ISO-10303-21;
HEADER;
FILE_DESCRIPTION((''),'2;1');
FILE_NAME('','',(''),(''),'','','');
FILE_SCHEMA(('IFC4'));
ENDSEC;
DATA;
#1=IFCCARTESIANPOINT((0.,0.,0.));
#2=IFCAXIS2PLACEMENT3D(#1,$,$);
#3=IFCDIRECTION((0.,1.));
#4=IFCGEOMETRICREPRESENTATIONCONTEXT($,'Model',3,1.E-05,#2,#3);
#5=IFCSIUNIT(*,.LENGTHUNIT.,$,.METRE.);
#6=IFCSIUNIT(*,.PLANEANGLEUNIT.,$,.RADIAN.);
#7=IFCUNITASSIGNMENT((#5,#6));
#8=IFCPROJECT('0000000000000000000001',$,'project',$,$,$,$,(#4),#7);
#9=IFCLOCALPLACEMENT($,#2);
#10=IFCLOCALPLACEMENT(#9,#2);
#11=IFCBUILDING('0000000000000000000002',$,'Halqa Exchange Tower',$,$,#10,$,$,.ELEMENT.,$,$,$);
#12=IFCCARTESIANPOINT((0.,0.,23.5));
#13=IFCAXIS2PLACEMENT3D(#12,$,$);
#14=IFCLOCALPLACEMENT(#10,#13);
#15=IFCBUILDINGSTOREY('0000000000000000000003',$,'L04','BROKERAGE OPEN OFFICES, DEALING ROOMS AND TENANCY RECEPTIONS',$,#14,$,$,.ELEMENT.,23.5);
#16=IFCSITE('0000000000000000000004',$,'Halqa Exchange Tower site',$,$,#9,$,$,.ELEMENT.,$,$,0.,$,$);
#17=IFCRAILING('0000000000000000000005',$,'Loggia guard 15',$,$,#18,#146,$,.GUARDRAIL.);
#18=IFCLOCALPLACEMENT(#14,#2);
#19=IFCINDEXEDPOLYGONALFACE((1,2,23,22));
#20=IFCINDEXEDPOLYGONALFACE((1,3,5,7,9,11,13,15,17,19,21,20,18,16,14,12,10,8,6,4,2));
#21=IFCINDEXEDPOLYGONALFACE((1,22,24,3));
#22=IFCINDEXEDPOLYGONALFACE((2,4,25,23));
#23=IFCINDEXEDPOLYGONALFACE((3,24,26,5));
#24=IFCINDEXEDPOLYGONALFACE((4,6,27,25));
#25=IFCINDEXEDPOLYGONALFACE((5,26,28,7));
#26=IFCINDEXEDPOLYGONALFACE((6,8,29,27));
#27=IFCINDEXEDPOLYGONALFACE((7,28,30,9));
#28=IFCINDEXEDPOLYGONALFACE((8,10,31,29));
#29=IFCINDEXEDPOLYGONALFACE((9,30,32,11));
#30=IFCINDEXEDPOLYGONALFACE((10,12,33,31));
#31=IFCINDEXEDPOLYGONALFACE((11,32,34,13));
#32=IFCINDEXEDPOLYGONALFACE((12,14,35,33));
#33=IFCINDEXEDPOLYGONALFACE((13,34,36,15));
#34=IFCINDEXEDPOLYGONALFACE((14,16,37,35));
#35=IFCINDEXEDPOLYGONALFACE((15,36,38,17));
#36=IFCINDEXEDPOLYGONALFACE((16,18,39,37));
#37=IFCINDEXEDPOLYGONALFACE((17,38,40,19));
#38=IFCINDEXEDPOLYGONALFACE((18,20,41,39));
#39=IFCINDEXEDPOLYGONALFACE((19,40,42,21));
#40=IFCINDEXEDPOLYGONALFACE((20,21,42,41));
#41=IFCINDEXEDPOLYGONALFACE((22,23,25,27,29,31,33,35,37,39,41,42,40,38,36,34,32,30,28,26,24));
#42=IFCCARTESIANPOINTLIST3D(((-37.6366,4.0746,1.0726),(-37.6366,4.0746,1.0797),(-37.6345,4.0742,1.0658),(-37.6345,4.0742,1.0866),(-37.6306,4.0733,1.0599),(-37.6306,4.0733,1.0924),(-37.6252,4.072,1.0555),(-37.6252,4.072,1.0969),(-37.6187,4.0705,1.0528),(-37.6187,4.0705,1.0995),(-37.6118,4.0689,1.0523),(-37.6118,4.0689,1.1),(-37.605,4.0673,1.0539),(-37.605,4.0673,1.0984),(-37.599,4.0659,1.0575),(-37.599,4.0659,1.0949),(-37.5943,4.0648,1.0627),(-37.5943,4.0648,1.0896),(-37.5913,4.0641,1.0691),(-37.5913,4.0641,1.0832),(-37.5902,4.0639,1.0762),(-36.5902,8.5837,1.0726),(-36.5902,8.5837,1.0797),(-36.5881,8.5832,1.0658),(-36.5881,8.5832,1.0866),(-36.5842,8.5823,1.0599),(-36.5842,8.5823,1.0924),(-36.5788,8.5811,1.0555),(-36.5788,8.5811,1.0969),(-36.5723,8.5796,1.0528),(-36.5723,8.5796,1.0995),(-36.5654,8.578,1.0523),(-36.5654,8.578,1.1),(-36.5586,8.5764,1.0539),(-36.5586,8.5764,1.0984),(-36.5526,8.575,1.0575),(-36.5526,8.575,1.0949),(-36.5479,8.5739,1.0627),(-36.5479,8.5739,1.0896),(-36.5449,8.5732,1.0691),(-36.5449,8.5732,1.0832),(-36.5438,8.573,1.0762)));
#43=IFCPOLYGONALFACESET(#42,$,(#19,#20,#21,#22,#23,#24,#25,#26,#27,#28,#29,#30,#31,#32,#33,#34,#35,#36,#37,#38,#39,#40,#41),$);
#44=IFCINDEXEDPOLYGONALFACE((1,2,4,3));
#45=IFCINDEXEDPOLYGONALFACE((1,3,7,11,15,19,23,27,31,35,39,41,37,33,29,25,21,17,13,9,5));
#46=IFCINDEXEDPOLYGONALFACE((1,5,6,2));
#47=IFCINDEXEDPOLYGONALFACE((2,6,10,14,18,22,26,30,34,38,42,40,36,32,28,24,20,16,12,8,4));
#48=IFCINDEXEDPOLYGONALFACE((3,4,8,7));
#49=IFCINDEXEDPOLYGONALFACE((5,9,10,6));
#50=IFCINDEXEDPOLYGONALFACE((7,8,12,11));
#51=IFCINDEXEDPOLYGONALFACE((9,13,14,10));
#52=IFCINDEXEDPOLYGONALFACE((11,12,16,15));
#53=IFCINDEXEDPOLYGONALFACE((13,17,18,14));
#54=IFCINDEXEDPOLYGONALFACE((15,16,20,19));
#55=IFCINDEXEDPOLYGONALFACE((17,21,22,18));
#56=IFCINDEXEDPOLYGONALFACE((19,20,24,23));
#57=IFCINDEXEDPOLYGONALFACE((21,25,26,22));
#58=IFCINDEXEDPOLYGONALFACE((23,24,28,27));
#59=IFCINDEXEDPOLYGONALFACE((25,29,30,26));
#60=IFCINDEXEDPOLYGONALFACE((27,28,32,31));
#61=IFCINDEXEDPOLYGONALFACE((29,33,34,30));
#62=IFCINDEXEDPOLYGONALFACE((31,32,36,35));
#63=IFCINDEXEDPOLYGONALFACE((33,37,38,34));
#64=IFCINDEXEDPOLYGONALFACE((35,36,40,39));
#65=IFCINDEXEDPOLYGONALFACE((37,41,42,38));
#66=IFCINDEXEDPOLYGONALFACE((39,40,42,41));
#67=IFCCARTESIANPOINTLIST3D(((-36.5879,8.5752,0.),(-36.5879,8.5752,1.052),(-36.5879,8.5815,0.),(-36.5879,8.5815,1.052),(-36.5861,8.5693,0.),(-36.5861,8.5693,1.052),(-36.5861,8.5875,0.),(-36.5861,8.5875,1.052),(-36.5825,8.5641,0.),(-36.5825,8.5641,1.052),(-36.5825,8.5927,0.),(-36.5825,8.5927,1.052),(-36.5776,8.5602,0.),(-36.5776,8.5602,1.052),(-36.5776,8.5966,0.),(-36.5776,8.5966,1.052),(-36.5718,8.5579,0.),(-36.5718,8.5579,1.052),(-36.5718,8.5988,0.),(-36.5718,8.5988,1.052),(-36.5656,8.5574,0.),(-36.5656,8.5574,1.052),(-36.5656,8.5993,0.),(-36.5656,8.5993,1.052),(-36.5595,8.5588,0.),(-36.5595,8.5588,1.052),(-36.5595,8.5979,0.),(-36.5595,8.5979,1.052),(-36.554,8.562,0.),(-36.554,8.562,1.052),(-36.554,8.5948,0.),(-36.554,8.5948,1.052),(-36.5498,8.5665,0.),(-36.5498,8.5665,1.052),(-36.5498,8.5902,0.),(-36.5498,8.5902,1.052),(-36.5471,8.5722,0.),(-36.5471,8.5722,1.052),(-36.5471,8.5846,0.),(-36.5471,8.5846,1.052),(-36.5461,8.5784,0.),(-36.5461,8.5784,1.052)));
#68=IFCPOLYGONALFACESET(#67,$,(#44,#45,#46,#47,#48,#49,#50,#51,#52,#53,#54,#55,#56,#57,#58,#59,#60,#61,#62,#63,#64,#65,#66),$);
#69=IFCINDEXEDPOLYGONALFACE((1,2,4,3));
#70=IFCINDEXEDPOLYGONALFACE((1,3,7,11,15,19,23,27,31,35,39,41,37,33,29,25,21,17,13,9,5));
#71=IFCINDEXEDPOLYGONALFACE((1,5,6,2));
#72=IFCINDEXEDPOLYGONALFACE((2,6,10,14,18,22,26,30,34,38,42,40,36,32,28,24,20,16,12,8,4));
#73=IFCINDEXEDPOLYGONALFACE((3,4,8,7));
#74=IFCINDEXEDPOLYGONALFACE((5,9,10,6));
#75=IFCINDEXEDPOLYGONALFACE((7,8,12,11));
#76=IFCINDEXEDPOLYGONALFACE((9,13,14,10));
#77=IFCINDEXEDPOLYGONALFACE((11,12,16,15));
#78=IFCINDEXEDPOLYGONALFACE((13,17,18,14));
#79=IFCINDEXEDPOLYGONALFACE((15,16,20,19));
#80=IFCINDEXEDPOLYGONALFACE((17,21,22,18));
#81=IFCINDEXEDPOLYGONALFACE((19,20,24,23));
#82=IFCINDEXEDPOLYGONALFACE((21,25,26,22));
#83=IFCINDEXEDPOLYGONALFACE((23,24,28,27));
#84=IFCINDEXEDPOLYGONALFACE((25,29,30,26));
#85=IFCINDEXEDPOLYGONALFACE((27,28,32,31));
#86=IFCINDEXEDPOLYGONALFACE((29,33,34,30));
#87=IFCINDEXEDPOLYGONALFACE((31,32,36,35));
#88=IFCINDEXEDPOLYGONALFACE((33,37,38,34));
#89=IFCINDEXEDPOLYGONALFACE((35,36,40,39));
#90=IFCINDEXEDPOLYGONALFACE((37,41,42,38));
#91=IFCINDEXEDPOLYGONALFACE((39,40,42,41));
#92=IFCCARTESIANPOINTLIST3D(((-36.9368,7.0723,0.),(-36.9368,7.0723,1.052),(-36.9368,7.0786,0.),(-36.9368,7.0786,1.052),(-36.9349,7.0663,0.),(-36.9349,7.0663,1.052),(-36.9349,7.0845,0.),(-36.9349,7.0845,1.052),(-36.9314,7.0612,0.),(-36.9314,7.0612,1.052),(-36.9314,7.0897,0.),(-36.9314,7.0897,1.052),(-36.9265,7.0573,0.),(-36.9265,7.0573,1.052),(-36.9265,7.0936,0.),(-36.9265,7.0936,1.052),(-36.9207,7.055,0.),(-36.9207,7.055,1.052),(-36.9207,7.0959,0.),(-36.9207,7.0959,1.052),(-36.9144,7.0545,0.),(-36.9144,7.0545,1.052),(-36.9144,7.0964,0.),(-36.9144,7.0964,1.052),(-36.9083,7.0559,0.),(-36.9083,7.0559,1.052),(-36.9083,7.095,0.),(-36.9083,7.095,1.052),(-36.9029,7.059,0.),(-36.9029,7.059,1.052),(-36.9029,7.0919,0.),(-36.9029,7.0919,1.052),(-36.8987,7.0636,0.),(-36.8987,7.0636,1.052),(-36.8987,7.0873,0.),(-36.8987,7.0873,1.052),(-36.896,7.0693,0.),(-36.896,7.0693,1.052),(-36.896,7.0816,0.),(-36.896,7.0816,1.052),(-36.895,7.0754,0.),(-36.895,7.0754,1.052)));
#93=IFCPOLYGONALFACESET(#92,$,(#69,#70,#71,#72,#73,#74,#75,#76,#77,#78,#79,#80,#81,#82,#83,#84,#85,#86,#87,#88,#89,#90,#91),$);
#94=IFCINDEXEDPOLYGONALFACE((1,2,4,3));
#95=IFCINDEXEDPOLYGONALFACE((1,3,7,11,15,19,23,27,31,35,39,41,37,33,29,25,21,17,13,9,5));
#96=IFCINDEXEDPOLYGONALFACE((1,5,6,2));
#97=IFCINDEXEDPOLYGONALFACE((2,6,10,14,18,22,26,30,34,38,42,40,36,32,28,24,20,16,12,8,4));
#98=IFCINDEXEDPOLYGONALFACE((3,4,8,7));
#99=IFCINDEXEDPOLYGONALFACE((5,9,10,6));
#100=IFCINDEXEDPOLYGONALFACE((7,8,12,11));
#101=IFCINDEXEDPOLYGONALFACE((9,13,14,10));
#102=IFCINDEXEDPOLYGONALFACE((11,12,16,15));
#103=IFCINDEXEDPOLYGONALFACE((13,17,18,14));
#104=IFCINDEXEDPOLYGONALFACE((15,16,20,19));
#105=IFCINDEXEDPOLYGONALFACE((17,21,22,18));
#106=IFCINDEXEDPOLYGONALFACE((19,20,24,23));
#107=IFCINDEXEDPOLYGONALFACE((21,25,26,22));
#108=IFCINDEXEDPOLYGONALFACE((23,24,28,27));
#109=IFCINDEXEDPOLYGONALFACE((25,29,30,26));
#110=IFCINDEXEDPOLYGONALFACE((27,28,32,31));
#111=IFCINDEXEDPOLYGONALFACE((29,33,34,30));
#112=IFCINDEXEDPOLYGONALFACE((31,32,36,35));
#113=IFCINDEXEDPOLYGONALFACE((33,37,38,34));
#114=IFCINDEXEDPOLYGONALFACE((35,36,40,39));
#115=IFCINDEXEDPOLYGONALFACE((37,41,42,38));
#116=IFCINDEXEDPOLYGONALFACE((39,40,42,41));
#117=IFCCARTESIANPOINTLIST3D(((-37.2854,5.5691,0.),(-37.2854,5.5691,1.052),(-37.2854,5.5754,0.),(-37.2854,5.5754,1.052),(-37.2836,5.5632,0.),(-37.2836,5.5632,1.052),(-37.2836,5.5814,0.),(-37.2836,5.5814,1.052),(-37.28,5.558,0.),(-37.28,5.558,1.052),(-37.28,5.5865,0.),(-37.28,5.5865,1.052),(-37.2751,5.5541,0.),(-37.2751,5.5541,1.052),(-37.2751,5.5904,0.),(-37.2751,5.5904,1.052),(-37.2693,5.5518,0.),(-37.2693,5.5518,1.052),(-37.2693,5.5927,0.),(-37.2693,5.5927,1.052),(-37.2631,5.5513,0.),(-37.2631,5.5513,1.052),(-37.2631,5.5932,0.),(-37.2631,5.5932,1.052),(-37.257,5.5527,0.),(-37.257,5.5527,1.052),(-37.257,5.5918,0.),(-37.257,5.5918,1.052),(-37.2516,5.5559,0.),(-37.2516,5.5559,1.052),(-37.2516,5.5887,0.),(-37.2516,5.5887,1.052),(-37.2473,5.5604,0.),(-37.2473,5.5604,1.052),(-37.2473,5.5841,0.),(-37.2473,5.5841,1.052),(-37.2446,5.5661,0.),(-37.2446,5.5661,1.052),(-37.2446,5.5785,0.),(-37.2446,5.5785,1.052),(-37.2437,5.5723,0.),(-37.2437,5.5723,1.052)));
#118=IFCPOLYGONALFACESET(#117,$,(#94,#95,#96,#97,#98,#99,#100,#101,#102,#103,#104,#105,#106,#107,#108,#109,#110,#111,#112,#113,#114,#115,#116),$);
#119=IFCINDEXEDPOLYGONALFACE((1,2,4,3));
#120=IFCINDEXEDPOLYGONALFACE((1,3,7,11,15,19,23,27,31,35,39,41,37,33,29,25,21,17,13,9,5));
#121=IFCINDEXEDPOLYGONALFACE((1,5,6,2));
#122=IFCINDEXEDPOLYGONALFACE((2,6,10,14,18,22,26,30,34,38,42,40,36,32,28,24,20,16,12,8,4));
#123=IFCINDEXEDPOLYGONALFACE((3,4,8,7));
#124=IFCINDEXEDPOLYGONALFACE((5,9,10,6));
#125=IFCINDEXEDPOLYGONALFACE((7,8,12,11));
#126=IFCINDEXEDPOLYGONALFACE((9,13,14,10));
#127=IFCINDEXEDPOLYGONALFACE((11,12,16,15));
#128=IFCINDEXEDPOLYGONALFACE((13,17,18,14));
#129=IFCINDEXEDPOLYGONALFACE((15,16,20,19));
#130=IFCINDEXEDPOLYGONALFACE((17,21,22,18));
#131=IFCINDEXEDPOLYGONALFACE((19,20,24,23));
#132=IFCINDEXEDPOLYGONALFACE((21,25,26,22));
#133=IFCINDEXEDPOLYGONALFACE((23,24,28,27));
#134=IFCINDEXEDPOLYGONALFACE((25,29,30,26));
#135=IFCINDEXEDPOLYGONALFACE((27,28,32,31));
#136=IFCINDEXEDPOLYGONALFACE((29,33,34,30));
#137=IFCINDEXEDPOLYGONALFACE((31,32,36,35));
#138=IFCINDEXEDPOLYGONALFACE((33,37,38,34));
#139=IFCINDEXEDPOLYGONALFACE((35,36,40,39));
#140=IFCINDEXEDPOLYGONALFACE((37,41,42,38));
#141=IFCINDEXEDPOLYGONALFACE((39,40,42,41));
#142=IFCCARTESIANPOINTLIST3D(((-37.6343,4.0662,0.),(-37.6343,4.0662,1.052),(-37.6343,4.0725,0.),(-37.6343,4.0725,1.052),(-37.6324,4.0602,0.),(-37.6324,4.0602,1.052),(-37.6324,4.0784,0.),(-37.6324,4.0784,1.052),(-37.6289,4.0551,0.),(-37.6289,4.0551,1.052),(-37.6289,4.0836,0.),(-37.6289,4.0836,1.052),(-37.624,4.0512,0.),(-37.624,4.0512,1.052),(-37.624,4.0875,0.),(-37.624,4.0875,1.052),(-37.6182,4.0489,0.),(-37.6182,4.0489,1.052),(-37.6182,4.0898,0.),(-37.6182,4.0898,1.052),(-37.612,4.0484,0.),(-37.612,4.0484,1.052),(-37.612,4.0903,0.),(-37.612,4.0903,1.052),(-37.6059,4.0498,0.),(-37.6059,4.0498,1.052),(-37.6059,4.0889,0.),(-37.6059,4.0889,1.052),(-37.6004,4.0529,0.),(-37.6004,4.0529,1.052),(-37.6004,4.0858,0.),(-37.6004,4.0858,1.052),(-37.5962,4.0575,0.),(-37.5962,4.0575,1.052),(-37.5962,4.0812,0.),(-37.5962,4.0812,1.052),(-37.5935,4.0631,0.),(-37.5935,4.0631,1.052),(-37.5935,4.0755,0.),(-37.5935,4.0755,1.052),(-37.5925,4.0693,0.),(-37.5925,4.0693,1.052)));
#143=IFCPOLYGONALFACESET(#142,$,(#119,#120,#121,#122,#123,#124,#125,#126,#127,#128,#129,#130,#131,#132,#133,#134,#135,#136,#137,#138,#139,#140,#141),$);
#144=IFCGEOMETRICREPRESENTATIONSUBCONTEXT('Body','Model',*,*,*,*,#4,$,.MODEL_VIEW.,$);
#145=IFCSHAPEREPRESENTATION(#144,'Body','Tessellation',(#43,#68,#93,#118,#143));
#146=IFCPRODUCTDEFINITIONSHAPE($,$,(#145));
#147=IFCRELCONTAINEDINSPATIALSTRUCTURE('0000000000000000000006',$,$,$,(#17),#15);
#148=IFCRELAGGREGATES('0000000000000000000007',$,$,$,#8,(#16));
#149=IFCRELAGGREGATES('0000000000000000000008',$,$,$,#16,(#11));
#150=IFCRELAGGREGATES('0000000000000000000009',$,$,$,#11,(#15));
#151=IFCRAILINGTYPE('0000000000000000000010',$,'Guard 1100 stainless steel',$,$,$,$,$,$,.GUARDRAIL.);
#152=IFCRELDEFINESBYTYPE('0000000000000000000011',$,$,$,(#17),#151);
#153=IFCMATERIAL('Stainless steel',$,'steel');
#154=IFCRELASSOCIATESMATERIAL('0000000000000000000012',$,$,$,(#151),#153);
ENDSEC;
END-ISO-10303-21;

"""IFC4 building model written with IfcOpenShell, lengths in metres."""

from ifc_helpers import new_model, si_unit, direction, frame, origin, origin_2d, place, context, subcontext, project, spatial, circle, extrude, material, type_object, element, save


model = new_model("IFC4")

# Units and contexts
model_context = context("Model", 3, precision=1e-05, world=origin(), true_north=direction((0.0, 1.0)))
body_context = subcontext(model_context, "Body", "Model", "MODEL_VIEW")
ifc_project = project(units=[si_unit("LENGTHUNIT", "METRE"), si_unit("PLANEANGLEUNIT", "RADIAN")], contexts=[model_context])

# Site, building, storey
site_placement = place(None, origin())
site = spatial("IfcSite", under=ifc_project, at=site_placement, Name="Halqa Exchange Tower site", CompositionType="ELEMENT", RefElevation=0.0)
building_placement = place(site_placement, origin())
building = spatial("IfcBuilding", under=site, at=building_placement, Name="Halqa Exchange Tower", CompositionType="ELEMENT")
storey_placement = place(building_placement, frame((0.0, 0.0, 23.5)))
storey = spatial("IfcBuildingStorey", under=building, at=storey_placement, Name="L04", Description="BROKERAGE OPEN OFFICES, DEALING ROOMS AND TENANCY RECEPTIONS", CompositionType="ELEMENT", Elevation=23.5)

# Railing
ifc_material_1 = material(Name="Stainless steel", Category="steel")
railing_type = type_object("IfcRailingType", Name="Guard 1100 stainless steel", PredefinedType="GUARDRAIL", material=ifc_material_1)
railing_1_placement = place(storey_placement, frame((-36.5671, 8.5784, 0.0)))
element("IfcRailing", 1, at=railing_1_placement, inside=storey, type_object=railing_type, Name="Loggia guard 15", PredefinedType="GUARDRAIL", context=body_context, shape_type="SweptSolid", body=[
    extrude(circle(Radius=0.0239, at=origin_2d()), frame((0.0, 0.0, 1.0762), z_axis=(-0.226057, -0.974114, 0.0), x_axis=(0.974114, -0.226057, 0.0)), (0.0, 0.0, 1.0), 4.6289),
    extrude(circle(Radius=0.021, at=origin_2d()), origin(), (0.0, 0.0, 1.0), 1.052),
    extrude(circle(Radius=0.021, at=origin_2d()), frame((-0.3489, -1.5029, 0.0)), (0.0, 0.0, 1.0), 1.052),
    extrude(circle(Radius=0.021, at=origin_2d()), frame((-0.6975, -3.0061, 0.0)), (0.0, 0.0, 1.0), 1.052),
    extrude(circle(Radius=0.021, at=origin_2d()), frame((-1.0464, -4.509, 0.0)), (0.0, 0.0, 1.0), 1.052),
])

save(model, "model.ifc")
